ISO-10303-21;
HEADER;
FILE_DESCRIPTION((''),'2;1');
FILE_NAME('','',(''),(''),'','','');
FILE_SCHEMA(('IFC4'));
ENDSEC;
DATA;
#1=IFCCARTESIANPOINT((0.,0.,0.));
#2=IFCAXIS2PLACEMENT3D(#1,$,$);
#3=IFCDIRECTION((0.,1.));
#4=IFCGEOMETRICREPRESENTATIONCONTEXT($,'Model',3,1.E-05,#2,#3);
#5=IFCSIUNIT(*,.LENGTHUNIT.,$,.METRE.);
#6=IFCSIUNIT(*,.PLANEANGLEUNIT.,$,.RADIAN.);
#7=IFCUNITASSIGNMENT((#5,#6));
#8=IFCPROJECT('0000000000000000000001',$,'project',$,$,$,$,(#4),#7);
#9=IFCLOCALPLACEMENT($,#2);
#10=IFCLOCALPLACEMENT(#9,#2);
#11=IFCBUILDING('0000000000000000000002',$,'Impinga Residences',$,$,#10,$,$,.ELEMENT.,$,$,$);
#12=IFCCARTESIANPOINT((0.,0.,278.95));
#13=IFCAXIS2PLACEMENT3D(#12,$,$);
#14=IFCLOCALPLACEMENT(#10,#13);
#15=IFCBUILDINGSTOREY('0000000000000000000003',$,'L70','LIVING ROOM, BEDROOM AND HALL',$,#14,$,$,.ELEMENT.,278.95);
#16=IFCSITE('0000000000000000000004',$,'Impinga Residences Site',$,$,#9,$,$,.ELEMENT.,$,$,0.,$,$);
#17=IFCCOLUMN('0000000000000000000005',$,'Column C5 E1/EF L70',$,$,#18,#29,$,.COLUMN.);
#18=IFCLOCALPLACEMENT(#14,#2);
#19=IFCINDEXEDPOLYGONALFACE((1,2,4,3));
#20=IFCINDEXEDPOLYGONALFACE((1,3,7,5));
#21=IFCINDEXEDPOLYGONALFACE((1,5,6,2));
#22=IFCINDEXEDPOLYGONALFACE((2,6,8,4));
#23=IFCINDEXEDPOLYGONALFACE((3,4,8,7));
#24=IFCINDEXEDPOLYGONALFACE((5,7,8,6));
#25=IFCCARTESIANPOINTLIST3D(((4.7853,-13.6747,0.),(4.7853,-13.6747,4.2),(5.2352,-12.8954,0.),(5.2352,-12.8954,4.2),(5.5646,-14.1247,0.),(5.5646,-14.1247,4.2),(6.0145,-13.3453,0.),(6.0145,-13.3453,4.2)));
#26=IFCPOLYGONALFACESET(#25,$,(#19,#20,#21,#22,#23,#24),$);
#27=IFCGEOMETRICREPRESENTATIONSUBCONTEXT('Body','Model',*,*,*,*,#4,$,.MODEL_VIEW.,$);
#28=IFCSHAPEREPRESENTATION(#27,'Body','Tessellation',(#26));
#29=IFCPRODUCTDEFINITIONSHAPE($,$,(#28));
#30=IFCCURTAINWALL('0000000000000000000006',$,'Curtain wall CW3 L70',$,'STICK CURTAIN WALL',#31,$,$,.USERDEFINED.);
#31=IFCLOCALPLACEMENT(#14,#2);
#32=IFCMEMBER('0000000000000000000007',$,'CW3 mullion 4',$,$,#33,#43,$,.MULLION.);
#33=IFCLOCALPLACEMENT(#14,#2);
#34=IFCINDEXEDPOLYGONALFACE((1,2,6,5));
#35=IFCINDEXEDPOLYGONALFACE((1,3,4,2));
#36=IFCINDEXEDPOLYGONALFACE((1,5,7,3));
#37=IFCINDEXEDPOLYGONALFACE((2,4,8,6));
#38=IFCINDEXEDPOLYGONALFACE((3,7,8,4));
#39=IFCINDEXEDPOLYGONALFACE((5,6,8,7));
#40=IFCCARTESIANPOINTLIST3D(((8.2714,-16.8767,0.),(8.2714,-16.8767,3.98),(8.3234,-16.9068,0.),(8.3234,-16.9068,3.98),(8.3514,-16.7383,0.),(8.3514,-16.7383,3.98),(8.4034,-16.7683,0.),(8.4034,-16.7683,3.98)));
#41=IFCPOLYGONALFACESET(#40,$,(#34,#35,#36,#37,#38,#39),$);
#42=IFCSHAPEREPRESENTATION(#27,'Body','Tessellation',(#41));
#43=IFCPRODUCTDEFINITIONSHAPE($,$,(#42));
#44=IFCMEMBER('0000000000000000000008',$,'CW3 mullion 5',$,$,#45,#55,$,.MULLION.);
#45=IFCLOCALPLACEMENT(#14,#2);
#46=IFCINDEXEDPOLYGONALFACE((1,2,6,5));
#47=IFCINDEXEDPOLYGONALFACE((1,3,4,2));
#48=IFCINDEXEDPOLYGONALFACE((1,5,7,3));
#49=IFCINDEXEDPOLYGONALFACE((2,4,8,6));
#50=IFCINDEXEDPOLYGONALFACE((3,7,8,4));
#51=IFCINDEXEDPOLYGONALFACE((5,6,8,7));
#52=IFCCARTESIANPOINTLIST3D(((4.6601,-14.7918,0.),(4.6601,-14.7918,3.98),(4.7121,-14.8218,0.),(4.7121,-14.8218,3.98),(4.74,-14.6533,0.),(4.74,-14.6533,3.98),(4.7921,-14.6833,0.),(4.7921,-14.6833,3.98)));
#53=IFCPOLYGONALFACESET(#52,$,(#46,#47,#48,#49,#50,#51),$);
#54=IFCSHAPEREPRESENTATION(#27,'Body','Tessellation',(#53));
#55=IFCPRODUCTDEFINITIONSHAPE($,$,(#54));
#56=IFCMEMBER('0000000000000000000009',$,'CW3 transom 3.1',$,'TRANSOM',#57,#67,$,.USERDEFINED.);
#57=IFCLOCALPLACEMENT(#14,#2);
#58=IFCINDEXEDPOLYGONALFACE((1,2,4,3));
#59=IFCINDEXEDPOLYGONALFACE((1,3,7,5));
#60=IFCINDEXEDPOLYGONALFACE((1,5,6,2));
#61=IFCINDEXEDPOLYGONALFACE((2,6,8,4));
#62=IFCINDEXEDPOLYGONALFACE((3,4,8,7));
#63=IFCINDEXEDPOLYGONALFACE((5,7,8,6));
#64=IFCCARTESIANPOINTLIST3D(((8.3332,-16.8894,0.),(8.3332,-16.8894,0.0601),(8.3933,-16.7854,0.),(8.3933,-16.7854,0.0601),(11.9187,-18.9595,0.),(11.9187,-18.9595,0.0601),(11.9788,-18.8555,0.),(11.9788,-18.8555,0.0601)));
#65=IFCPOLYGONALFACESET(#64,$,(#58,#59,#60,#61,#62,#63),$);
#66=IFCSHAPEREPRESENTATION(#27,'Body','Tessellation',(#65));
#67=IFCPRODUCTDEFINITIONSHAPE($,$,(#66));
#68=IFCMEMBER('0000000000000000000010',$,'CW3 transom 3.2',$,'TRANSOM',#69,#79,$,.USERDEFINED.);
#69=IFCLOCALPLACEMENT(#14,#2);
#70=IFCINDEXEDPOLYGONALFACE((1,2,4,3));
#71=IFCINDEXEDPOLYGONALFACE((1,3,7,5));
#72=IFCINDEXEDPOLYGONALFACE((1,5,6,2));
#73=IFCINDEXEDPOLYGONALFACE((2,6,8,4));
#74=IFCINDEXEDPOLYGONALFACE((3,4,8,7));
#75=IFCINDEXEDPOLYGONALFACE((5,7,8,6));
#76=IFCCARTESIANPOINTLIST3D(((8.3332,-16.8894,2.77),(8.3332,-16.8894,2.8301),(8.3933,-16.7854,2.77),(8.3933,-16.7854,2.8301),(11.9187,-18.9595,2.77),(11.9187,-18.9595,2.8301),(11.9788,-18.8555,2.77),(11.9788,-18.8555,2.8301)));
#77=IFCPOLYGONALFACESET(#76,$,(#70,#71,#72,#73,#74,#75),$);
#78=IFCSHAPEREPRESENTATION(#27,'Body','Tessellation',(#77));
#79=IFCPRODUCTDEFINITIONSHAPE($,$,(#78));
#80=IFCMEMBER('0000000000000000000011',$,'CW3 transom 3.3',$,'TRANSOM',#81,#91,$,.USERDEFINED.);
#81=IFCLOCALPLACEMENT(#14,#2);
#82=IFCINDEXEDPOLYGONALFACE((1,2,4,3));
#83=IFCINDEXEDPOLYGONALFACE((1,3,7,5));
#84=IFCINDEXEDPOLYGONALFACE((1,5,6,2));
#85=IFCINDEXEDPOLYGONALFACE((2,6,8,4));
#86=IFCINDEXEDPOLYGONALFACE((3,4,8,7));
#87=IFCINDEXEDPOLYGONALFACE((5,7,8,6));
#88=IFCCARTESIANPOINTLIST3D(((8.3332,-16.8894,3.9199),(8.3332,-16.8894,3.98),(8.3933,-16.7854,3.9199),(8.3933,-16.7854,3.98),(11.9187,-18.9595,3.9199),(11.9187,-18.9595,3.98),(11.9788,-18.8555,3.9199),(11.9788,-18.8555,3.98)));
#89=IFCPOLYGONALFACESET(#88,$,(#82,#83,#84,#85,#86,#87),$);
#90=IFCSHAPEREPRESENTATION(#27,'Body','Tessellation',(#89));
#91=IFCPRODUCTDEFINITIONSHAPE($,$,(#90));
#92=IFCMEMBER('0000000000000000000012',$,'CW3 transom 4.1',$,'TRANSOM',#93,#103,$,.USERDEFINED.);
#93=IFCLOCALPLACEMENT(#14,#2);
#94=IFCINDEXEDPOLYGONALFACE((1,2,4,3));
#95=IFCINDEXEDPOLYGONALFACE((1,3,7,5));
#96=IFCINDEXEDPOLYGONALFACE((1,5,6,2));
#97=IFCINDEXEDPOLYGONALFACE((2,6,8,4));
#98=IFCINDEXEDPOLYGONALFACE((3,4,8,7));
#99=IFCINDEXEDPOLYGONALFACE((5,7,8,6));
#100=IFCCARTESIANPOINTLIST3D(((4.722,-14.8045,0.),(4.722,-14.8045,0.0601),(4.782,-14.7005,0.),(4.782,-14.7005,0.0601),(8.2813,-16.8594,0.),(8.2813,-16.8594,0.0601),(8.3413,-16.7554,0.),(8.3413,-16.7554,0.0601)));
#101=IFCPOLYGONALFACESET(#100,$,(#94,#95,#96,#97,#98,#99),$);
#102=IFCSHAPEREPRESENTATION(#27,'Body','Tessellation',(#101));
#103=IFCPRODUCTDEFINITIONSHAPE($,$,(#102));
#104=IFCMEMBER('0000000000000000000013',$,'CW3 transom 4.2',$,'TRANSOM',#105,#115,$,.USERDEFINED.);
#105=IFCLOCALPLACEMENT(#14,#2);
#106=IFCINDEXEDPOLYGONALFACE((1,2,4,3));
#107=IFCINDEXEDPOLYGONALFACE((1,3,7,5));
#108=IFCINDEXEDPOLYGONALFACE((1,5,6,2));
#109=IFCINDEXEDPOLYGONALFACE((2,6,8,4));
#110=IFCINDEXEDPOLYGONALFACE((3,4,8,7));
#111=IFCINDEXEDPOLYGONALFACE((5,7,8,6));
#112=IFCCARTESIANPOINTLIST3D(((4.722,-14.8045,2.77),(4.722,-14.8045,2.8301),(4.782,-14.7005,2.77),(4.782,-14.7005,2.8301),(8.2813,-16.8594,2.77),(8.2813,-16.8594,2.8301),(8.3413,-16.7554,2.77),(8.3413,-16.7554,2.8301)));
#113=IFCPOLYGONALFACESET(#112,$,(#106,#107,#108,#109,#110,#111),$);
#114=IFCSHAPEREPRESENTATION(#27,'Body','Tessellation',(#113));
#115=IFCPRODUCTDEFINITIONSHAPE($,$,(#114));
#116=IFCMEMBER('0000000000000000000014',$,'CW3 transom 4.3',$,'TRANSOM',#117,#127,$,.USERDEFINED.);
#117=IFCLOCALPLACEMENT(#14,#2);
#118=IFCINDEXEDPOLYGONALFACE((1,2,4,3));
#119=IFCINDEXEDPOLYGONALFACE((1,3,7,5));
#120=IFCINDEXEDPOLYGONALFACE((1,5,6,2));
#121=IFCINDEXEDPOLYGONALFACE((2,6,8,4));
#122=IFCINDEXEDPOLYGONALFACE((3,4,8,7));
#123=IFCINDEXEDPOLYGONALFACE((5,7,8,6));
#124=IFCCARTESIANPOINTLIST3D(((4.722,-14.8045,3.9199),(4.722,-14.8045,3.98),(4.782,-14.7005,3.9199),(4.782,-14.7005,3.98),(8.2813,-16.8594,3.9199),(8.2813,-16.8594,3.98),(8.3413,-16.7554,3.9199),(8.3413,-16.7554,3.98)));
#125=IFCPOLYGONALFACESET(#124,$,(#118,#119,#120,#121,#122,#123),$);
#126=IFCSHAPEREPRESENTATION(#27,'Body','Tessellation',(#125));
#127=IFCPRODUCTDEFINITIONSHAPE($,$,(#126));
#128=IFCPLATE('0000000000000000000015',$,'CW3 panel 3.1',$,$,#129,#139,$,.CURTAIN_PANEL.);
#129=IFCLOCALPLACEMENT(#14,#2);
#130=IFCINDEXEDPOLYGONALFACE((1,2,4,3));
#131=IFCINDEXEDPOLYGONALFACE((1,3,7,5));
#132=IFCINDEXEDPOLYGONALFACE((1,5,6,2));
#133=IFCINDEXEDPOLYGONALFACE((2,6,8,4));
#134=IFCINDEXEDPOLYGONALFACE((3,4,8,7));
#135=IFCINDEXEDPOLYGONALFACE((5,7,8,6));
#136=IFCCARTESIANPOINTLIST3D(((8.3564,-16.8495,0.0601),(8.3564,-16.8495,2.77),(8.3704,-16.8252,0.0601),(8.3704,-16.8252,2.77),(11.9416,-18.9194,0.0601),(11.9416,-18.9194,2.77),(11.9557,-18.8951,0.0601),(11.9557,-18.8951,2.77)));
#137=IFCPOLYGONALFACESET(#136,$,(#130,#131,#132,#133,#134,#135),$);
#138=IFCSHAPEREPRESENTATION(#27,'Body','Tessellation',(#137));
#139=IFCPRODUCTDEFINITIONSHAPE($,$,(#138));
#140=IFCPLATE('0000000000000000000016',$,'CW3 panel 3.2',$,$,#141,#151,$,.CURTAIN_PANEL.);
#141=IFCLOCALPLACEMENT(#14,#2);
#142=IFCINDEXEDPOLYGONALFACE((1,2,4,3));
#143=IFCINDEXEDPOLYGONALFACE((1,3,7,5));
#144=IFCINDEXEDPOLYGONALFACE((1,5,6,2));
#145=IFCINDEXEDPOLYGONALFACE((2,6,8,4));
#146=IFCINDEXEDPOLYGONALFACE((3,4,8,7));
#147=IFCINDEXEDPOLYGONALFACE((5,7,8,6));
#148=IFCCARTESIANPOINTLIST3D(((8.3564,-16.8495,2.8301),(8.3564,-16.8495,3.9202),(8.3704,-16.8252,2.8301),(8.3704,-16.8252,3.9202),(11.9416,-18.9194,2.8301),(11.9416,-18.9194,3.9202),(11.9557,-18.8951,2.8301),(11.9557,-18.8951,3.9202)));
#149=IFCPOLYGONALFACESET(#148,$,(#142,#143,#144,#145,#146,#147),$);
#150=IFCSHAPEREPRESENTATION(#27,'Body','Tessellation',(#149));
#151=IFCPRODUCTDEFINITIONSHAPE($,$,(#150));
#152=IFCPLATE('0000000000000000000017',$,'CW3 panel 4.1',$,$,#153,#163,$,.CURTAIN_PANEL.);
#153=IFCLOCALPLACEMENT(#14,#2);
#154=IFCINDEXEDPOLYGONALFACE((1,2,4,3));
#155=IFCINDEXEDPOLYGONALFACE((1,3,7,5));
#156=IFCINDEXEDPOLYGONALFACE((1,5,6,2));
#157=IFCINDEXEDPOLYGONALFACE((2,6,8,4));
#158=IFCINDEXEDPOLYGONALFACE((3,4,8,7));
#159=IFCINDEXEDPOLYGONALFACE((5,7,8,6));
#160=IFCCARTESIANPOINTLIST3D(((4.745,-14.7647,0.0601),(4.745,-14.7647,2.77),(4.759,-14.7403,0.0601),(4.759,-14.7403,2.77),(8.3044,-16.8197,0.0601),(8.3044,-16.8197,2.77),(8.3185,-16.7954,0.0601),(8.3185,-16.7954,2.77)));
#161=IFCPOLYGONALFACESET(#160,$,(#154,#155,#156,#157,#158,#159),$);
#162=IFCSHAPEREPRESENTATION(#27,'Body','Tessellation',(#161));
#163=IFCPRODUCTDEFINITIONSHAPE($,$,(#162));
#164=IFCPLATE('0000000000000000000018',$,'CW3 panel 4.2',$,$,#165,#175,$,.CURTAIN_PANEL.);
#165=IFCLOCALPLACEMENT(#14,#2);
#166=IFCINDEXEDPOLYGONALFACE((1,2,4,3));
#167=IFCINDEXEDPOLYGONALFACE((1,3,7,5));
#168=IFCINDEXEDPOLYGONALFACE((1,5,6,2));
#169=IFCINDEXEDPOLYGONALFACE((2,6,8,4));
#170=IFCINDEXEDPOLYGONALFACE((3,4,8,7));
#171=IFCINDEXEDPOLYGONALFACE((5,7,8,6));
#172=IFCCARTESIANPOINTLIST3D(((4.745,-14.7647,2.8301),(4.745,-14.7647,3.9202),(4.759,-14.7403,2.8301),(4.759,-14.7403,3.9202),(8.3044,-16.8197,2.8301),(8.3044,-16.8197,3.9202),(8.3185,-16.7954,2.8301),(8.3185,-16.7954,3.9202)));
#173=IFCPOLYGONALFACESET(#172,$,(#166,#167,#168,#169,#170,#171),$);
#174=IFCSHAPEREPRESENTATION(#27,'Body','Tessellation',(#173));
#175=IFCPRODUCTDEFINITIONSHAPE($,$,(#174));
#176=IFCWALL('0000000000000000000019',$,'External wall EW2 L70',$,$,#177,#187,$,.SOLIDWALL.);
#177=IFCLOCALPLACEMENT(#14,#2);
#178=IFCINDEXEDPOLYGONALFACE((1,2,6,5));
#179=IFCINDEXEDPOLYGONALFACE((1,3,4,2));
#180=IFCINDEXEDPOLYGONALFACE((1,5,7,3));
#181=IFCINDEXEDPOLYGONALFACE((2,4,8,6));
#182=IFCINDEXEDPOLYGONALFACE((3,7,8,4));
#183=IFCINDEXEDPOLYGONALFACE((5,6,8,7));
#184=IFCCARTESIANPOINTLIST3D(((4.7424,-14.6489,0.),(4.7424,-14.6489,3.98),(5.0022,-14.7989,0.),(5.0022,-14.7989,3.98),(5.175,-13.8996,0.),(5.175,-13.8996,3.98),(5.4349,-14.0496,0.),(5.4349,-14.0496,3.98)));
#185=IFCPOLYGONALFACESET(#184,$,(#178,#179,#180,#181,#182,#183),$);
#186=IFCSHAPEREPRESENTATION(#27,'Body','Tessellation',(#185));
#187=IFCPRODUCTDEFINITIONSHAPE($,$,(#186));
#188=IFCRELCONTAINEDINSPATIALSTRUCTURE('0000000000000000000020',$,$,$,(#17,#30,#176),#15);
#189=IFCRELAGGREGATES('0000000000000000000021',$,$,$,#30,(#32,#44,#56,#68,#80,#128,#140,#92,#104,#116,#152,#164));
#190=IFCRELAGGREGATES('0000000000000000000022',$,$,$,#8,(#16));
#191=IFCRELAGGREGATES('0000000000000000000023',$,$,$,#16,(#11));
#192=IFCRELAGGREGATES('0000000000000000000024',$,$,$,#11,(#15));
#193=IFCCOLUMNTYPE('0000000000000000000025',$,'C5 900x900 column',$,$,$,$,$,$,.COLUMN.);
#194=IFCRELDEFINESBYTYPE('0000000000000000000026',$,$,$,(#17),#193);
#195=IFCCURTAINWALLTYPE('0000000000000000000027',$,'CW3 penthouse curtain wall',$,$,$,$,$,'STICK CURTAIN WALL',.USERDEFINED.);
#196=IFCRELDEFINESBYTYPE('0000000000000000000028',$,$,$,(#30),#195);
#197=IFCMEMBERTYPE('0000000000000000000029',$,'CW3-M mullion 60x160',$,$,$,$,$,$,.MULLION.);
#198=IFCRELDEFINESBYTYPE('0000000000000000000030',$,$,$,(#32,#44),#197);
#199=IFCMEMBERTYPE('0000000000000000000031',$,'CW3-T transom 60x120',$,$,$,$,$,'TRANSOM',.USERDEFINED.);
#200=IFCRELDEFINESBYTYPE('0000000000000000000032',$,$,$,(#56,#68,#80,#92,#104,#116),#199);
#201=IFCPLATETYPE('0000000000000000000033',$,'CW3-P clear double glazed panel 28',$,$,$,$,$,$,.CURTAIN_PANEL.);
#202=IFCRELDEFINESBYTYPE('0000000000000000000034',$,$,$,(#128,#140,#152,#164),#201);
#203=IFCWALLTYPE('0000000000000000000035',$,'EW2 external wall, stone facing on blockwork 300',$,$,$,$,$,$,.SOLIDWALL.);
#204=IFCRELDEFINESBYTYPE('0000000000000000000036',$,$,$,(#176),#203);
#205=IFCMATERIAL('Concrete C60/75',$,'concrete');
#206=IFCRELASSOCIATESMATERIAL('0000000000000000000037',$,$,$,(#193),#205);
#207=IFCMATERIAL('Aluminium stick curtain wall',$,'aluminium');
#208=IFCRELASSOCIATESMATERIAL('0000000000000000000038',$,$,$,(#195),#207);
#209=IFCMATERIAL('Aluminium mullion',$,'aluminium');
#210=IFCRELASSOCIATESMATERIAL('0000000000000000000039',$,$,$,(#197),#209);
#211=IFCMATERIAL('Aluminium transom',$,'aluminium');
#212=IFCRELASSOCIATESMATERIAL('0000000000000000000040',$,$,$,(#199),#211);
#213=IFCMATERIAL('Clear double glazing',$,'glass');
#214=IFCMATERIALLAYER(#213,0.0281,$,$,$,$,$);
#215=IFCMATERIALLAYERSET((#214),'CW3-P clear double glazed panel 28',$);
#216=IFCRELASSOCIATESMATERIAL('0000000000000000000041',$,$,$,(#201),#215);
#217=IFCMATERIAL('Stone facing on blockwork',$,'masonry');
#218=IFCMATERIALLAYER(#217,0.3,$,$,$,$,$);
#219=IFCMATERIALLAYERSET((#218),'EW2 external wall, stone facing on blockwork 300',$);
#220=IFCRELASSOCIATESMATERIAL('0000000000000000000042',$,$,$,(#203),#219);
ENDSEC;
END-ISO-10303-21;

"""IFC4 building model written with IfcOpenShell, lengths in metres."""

from ifc_helpers import new_model, si_unit, direction, frame, frame_2d, origin, origin_2d, place, context, subcontext, project, spatial, rectangle, extrude, material, layer, layer_set, material_profile, profile_set, type_object, element, aggregate, save


model = new_model("IFC4")

# Units and contexts
model_context = context("Model", 3, precision=1e-05, world=origin(), true_north=direction((0.0, 1.0)))
body_context = subcontext(model_context, "Body", "Model", "MODEL_VIEW")
ifc_project = project(units=[si_unit("LENGTHUNIT", "METRE"), si_unit("PLANEANGLEUNIT", "RADIAN")], contexts=[model_context])

# Site, building, storey
site_placement = place(None, origin())
site = spatial("IfcSite", under=ifc_project, at=site_placement, Name="Impinga Residences Site", CompositionType="ELEMENT", RefElevation=0.0)
building_placement = place(site_placement, origin())
building = spatial("IfcBuilding", under=site, at=building_placement, Name="Impinga Residences", CompositionType="ELEMENT")
storey_placement = place(building_placement, frame((0.0, 0.0, 278.95)))
storey = spatial("IfcBuildingStorey", under=building, at=storey_placement, Name="L70", Description="LIVING ROOM, BEDROOM AND HALL", CompositionType="ELEMENT", Elevation=278.95)

# Column
ifc_material_1 = material(Name="Concrete C60/75", Category="concrete")
ifc_material_profile_1 = material_profile(ifc_material_1, rectangle(XDim=0.8999, YDim=0.8999, at=origin_2d()), Name="RC 900x900")
ifc_profile_set_1 = profile_set([ifc_material_profile_1], Name="Concrete C60/75")
column_type = type_object("IfcColumnType", Name="C5 900x900 column", PredefinedType="COLUMN", material=ifc_profile_set_1)
column_placement = place(storey_placement, frame((5.3999, -13.51, 0.0), z_axis=(0.0, 0.0, 1.0), x_axis=(-0.5, -0.866025, 0.0)))
element("IfcColumn", 1, at=column_placement, inside=storey, type_object=column_type, Name="Column C5 E1/EF L70", PredefinedType="COLUMN", context=body_context, shape_type="SweptSolid", body=[
    extrude(rectangle(XDim=0.8999, YDim=0.8999, at=origin_2d()), origin(), (0.0, 0.0, 1.0), 4.2),
])

# Curtain wall, members, plates
ifc_material_2 = material(Name="Aluminium stick curtain wall", Category="aluminium")
curtain_wall_type = type_object("IfcCurtainWallType", Name="CW3 penthouse curtain wall", ElementType="STICK CURTAIN WALL", PredefinedType="USERDEFINED", material=ifc_material_2)
curtain_wall_placement = place(storey_placement, origin())
curtain_wall = element("IfcCurtainWall", 2, at=curtain_wall_placement, inside=storey, type_object=curtain_wall_type, Name="Curtain wall CW3 L70", ObjectType="STICK CURTAIN WALL", PredefinedType="USERDEFINED")
ifc_material_3 = material(Name="Aluminium mullion", Category="aluminium")
ifc_material_profile_2 = material_profile(ifc_material_3, rectangle(XDim=0.0601, YDim=0.1599, at=origin_2d()), Name="60x160 mullion")
ifc_profile_set_2 = profile_set([ifc_material_profile_2], Name="Aluminium mullion")
member_type_1 = type_object("IfcMemberType", Name="CW3-M mullion 60x160", PredefinedType="MULLION", material=ifc_profile_set_2)
member_1_placement = place(storey_placement, frame((8.3374, -16.8225, 0.0), z_axis=(0.0, 0.0, 1.0), x_axis=(-0.866025, 0.5, 0.0)))
member_1 = element("IfcMember", 3, at=member_1_placement, type_object=member_type_1, Name="CW3 mullion 4", PredefinedType="MULLION", context=body_context, shape_type="SweptSolid", body=[
    extrude(rectangle(XDim=0.0601, YDim=0.1599, at=origin_2d()), origin(), (0.0, 0.0, 1.0), 3.98),
])
member_2_placement = place(storey_placement, frame((4.7261, -14.7375, 0.0), z_axis=(0.0, 0.0, 1.0), x_axis=(-0.866025, 0.5, 0.0)))
member_2 = element("IfcMember", 4, at=member_2_placement, type_object=member_type_1, Name="CW3 mullion 5", PredefinedType="MULLION", context=body_context, shape_type="SweptSolid", body=[
    extrude(rectangle(XDim=0.0601, YDim=0.1599, at=origin_2d()), origin(), (0.0, 0.0, 1.0), 3.98),
])
ifc_material_4 = material(Name="Aluminium transom", Category="aluminium")
ifc_material_profile_3 = material_profile(ifc_material_4, rectangle(XDim=0.0601, YDim=0.1201, at=origin_2d()), Name="60x120 transom")
ifc_profile_set_3 = profile_set([ifc_material_profile_3], Name="Aluminium transom")
member_type_2 = type_object("IfcMemberType", Name="CW3-T transom 60x120", ElementType="TRANSOM", PredefinedType="USERDEFINED", material=ifc_profile_set_3)
member_3_placement = place(storey_placement, frame((11.9487, -18.9075, 0.03), z_axis=(-0.866025, 0.500002, 0.0), x_axis=(0.0, 0.0, 1.0)))
member_3 = element("IfcMember", 5, at=member_3_placement, type_object=member_type_2, Name="CW3 transom 3.1", ObjectType="TRANSOM", PredefinedType="USERDEFINED", context=body_context, shape_type="SweptSolid", body=[
    extrude(rectangle(XDim=0.0601, YDim=0.1201, at=origin_2d()), origin(), (0.0, 0.0, 1.0), 4.1401),
])
member_4_placement = place(storey_placement, frame((11.9487, -18.9075, 2.8), z_axis=(-0.866025, 0.500002, 0.0), x_axis=(0.0, 0.0, 1.0)))
member_4 = element("IfcMember", 6, at=member_4_placement, type_object=member_type_2, Name="CW3 transom 3.2", ObjectType="TRANSOM", PredefinedType="USERDEFINED", context=body_context, shape_type="SweptSolid", body=[
    extrude(rectangle(XDim=0.0601, YDim=0.1201, at=origin_2d()), origin(), (0.0, 0.0, 1.0), 4.1401),
])
member_5_placement = place(storey_placement, frame((11.9487, -18.9075, 3.95), z_axis=(-0.866025, 0.500002, 0.0), x_axis=(0.0, 0.0, 1.0)))
member_5 = element("IfcMember", 7, at=member_5_placement, type_object=member_type_2, Name="CW3 transom 3.3", ObjectType="TRANSOM", PredefinedType="USERDEFINED", context=body_context, shape_type="SweptSolid", body=[
    extrude(rectangle(XDim=0.0601, YDim=0.1201, at=origin_2d()), origin(), (0.0, 0.0, 1.0), 4.1401),
])
member_6_placement = place(storey_placement, frame((8.3113, -16.8074, 0.03), z_axis=(-0.86603, 0.499992, 0.0), x_axis=(0.0, 0.0, 1.0)))
member_6 = element("IfcMember", 8, at=member_6_placement, type_object=member_type_2, Name="CW3 transom 4.1", ObjectType="TRANSOM", PredefinedType="USERDEFINED", context=body_context, shape_type="SweptSolid", body=[
    extrude(rectangle(XDim=0.0601, YDim=0.1201, at=origin_2d()), origin(), (0.0, 0.0, 1.0), 4.1099),
])
member_7_placement = place(storey_placement, frame((8.3113, -16.8074, 2.8), z_axis=(-0.86603, 0.499992, 0.0), x_axis=(0.0, 0.0, 1.0)))
member_7 = element("IfcMember", 9, at=member_7_placement, type_object=member_type_2, Name="CW3 transom 4.2", ObjectType="TRANSOM", PredefinedType="USERDEFINED", context=body_context, shape_type="SweptSolid", body=[
    extrude(rectangle(XDim=0.0601, YDim=0.1201, at=origin_2d()), origin(), (0.0, 0.0, 1.0), 4.1099),
])
member_8_placement = place(storey_placement, frame((8.3113, -16.8074, 3.95), z_axis=(-0.86603, 0.499992, 0.0), x_axis=(0.0, 0.0, 1.0)))
member_8 = element("IfcMember", 10, at=member_8_placement, type_object=member_type_2, Name="CW3 transom 4.3", ObjectType="TRANSOM", PredefinedType="USERDEFINED", context=body_context, shape_type="SweptSolid", body=[
    extrude(rectangle(XDim=0.0601, YDim=0.1201, at=origin_2d()), origin(), (0.0, 0.0, 1.0), 4.1099),
])
ifc_material_5 = material(Name="Clear double glazing", Category="glass")
ifc_layer_1 = layer(ifc_material_5, 0.0281)
ifc_layer_set_1 = layer_set([ifc_layer_1], Name="CW3-P clear double glazed panel 28")
plate_type = type_object("IfcPlateType", Name="CW3-P clear double glazed panel 28", PredefinedType="CURTAIN_PANEL", material=ifc_layer_set_1)
plate_1_placement = place(storey_placement, frame((10.156, -17.8723, 0.0601), z_axis=(0.0, 0.0, 1.0), x_axis=(-0.866025, 0.5, 0.0)))
plate_1 = element("IfcPlate", 11, at=plate_1_placement, type_object=plate_type, Name="CW3 panel 3.1", PredefinedType="CURTAIN_PANEL", context=body_context, shape_type="SweptSolid", body=[
    extrude(rectangle(XDim=4.1399, YDim=0.0281, at=origin_2d()), origin(), (0.0, 0.0, 1.0), 2.71),
])
plate_2_placement = place(storey_placement, frame((10.156, -17.8723, 2.8301), z_axis=(0.0, 0.0, 1.0), x_axis=(-0.866025, 0.5, 0.0)))
plate_2 = element("IfcPlate", 12, at=plate_2_placement, type_object=plate_type, Name="CW3 panel 3.2", PredefinedType="CURTAIN_PANEL", context=body_context, shape_type="SweptSolid", body=[
    extrude(rectangle(XDim=4.1399, YDim=0.0281, at=origin_2d()), origin(), (0.0, 0.0, 1.0), 1.0901),
])
plate_3_placement = place(storey_placement, frame((6.5317, -15.78, 0.0601), z_axis=(0.0, 0.0, 1.0), x_axis=(-0.866025, 0.5, 0.0)))
plate_3 = element("IfcPlate", 13, at=plate_3_placement, type_object=plate_type, Name="CW3 panel 4.1", PredefinedType="CURTAIN_PANEL", context=body_context, shape_type="SweptSolid", body=[
    extrude(rectangle(XDim=4.1101, YDim=0.0281, at=origin_2d()), origin(), (0.0, 0.0, 1.0), 2.71),
])
plate_4_placement = place(storey_placement, frame((6.5317, -15.78, 2.8301), z_axis=(0.0, 0.0, 1.0), x_axis=(-0.866025, 0.5, 0.0)))
plate_4 = element("IfcPlate", 14, at=plate_4_placement, type_object=plate_type, Name="CW3 panel 4.2", PredefinedType="CURTAIN_PANEL", context=body_context, shape_type="SweptSolid", body=[
    extrude(rectangle(XDim=4.1101, YDim=0.0281, at=origin_2d()), origin(), (0.0, 0.0, 1.0), 1.0901),
])
aggregate(curtain_wall, [member_1, member_2, member_3, member_4, member_5, plate_1, plate_2, member_6, member_7, member_8, plate_3, plate_4])

# Wall
ifc_material_6 = material(Name="Stone facing on blockwork", Category="masonry")
ifc_layer_2 = layer(ifc_material_6, 0.3)
ifc_layer_set_2 = layer_set([ifc_layer_2], Name="EW2 external wall, stone facing on blockwork 300")
wall_type_1 = type_object("IfcWallType", Name="EW2 external wall, stone facing on blockwork 300", PredefinedType="SOLIDWALL", material=ifc_layer_set_2)
wall_1_placement = place(storey_placement, frame((4.8723, -14.7239, 0.0), z_axis=(0.0, 0.0, 1.0), x_axis=(0.500024, 0.866012, 0.0)))
element("IfcWall", 15, at=wall_1_placement, inside=storey, type_object=wall_type_1, Name="External wall EW2 L70", PredefinedType="SOLIDWALL", context=body_context, shape_type="SweptSolid", body=[
    extrude(rectangle(XDim=0.8652, YDim=0.3, at=frame_2d((0.4326, 0.0))), origin(), (0.0, 0.0, 1.0), 3.98),
])

save(model, "model.ifc")
